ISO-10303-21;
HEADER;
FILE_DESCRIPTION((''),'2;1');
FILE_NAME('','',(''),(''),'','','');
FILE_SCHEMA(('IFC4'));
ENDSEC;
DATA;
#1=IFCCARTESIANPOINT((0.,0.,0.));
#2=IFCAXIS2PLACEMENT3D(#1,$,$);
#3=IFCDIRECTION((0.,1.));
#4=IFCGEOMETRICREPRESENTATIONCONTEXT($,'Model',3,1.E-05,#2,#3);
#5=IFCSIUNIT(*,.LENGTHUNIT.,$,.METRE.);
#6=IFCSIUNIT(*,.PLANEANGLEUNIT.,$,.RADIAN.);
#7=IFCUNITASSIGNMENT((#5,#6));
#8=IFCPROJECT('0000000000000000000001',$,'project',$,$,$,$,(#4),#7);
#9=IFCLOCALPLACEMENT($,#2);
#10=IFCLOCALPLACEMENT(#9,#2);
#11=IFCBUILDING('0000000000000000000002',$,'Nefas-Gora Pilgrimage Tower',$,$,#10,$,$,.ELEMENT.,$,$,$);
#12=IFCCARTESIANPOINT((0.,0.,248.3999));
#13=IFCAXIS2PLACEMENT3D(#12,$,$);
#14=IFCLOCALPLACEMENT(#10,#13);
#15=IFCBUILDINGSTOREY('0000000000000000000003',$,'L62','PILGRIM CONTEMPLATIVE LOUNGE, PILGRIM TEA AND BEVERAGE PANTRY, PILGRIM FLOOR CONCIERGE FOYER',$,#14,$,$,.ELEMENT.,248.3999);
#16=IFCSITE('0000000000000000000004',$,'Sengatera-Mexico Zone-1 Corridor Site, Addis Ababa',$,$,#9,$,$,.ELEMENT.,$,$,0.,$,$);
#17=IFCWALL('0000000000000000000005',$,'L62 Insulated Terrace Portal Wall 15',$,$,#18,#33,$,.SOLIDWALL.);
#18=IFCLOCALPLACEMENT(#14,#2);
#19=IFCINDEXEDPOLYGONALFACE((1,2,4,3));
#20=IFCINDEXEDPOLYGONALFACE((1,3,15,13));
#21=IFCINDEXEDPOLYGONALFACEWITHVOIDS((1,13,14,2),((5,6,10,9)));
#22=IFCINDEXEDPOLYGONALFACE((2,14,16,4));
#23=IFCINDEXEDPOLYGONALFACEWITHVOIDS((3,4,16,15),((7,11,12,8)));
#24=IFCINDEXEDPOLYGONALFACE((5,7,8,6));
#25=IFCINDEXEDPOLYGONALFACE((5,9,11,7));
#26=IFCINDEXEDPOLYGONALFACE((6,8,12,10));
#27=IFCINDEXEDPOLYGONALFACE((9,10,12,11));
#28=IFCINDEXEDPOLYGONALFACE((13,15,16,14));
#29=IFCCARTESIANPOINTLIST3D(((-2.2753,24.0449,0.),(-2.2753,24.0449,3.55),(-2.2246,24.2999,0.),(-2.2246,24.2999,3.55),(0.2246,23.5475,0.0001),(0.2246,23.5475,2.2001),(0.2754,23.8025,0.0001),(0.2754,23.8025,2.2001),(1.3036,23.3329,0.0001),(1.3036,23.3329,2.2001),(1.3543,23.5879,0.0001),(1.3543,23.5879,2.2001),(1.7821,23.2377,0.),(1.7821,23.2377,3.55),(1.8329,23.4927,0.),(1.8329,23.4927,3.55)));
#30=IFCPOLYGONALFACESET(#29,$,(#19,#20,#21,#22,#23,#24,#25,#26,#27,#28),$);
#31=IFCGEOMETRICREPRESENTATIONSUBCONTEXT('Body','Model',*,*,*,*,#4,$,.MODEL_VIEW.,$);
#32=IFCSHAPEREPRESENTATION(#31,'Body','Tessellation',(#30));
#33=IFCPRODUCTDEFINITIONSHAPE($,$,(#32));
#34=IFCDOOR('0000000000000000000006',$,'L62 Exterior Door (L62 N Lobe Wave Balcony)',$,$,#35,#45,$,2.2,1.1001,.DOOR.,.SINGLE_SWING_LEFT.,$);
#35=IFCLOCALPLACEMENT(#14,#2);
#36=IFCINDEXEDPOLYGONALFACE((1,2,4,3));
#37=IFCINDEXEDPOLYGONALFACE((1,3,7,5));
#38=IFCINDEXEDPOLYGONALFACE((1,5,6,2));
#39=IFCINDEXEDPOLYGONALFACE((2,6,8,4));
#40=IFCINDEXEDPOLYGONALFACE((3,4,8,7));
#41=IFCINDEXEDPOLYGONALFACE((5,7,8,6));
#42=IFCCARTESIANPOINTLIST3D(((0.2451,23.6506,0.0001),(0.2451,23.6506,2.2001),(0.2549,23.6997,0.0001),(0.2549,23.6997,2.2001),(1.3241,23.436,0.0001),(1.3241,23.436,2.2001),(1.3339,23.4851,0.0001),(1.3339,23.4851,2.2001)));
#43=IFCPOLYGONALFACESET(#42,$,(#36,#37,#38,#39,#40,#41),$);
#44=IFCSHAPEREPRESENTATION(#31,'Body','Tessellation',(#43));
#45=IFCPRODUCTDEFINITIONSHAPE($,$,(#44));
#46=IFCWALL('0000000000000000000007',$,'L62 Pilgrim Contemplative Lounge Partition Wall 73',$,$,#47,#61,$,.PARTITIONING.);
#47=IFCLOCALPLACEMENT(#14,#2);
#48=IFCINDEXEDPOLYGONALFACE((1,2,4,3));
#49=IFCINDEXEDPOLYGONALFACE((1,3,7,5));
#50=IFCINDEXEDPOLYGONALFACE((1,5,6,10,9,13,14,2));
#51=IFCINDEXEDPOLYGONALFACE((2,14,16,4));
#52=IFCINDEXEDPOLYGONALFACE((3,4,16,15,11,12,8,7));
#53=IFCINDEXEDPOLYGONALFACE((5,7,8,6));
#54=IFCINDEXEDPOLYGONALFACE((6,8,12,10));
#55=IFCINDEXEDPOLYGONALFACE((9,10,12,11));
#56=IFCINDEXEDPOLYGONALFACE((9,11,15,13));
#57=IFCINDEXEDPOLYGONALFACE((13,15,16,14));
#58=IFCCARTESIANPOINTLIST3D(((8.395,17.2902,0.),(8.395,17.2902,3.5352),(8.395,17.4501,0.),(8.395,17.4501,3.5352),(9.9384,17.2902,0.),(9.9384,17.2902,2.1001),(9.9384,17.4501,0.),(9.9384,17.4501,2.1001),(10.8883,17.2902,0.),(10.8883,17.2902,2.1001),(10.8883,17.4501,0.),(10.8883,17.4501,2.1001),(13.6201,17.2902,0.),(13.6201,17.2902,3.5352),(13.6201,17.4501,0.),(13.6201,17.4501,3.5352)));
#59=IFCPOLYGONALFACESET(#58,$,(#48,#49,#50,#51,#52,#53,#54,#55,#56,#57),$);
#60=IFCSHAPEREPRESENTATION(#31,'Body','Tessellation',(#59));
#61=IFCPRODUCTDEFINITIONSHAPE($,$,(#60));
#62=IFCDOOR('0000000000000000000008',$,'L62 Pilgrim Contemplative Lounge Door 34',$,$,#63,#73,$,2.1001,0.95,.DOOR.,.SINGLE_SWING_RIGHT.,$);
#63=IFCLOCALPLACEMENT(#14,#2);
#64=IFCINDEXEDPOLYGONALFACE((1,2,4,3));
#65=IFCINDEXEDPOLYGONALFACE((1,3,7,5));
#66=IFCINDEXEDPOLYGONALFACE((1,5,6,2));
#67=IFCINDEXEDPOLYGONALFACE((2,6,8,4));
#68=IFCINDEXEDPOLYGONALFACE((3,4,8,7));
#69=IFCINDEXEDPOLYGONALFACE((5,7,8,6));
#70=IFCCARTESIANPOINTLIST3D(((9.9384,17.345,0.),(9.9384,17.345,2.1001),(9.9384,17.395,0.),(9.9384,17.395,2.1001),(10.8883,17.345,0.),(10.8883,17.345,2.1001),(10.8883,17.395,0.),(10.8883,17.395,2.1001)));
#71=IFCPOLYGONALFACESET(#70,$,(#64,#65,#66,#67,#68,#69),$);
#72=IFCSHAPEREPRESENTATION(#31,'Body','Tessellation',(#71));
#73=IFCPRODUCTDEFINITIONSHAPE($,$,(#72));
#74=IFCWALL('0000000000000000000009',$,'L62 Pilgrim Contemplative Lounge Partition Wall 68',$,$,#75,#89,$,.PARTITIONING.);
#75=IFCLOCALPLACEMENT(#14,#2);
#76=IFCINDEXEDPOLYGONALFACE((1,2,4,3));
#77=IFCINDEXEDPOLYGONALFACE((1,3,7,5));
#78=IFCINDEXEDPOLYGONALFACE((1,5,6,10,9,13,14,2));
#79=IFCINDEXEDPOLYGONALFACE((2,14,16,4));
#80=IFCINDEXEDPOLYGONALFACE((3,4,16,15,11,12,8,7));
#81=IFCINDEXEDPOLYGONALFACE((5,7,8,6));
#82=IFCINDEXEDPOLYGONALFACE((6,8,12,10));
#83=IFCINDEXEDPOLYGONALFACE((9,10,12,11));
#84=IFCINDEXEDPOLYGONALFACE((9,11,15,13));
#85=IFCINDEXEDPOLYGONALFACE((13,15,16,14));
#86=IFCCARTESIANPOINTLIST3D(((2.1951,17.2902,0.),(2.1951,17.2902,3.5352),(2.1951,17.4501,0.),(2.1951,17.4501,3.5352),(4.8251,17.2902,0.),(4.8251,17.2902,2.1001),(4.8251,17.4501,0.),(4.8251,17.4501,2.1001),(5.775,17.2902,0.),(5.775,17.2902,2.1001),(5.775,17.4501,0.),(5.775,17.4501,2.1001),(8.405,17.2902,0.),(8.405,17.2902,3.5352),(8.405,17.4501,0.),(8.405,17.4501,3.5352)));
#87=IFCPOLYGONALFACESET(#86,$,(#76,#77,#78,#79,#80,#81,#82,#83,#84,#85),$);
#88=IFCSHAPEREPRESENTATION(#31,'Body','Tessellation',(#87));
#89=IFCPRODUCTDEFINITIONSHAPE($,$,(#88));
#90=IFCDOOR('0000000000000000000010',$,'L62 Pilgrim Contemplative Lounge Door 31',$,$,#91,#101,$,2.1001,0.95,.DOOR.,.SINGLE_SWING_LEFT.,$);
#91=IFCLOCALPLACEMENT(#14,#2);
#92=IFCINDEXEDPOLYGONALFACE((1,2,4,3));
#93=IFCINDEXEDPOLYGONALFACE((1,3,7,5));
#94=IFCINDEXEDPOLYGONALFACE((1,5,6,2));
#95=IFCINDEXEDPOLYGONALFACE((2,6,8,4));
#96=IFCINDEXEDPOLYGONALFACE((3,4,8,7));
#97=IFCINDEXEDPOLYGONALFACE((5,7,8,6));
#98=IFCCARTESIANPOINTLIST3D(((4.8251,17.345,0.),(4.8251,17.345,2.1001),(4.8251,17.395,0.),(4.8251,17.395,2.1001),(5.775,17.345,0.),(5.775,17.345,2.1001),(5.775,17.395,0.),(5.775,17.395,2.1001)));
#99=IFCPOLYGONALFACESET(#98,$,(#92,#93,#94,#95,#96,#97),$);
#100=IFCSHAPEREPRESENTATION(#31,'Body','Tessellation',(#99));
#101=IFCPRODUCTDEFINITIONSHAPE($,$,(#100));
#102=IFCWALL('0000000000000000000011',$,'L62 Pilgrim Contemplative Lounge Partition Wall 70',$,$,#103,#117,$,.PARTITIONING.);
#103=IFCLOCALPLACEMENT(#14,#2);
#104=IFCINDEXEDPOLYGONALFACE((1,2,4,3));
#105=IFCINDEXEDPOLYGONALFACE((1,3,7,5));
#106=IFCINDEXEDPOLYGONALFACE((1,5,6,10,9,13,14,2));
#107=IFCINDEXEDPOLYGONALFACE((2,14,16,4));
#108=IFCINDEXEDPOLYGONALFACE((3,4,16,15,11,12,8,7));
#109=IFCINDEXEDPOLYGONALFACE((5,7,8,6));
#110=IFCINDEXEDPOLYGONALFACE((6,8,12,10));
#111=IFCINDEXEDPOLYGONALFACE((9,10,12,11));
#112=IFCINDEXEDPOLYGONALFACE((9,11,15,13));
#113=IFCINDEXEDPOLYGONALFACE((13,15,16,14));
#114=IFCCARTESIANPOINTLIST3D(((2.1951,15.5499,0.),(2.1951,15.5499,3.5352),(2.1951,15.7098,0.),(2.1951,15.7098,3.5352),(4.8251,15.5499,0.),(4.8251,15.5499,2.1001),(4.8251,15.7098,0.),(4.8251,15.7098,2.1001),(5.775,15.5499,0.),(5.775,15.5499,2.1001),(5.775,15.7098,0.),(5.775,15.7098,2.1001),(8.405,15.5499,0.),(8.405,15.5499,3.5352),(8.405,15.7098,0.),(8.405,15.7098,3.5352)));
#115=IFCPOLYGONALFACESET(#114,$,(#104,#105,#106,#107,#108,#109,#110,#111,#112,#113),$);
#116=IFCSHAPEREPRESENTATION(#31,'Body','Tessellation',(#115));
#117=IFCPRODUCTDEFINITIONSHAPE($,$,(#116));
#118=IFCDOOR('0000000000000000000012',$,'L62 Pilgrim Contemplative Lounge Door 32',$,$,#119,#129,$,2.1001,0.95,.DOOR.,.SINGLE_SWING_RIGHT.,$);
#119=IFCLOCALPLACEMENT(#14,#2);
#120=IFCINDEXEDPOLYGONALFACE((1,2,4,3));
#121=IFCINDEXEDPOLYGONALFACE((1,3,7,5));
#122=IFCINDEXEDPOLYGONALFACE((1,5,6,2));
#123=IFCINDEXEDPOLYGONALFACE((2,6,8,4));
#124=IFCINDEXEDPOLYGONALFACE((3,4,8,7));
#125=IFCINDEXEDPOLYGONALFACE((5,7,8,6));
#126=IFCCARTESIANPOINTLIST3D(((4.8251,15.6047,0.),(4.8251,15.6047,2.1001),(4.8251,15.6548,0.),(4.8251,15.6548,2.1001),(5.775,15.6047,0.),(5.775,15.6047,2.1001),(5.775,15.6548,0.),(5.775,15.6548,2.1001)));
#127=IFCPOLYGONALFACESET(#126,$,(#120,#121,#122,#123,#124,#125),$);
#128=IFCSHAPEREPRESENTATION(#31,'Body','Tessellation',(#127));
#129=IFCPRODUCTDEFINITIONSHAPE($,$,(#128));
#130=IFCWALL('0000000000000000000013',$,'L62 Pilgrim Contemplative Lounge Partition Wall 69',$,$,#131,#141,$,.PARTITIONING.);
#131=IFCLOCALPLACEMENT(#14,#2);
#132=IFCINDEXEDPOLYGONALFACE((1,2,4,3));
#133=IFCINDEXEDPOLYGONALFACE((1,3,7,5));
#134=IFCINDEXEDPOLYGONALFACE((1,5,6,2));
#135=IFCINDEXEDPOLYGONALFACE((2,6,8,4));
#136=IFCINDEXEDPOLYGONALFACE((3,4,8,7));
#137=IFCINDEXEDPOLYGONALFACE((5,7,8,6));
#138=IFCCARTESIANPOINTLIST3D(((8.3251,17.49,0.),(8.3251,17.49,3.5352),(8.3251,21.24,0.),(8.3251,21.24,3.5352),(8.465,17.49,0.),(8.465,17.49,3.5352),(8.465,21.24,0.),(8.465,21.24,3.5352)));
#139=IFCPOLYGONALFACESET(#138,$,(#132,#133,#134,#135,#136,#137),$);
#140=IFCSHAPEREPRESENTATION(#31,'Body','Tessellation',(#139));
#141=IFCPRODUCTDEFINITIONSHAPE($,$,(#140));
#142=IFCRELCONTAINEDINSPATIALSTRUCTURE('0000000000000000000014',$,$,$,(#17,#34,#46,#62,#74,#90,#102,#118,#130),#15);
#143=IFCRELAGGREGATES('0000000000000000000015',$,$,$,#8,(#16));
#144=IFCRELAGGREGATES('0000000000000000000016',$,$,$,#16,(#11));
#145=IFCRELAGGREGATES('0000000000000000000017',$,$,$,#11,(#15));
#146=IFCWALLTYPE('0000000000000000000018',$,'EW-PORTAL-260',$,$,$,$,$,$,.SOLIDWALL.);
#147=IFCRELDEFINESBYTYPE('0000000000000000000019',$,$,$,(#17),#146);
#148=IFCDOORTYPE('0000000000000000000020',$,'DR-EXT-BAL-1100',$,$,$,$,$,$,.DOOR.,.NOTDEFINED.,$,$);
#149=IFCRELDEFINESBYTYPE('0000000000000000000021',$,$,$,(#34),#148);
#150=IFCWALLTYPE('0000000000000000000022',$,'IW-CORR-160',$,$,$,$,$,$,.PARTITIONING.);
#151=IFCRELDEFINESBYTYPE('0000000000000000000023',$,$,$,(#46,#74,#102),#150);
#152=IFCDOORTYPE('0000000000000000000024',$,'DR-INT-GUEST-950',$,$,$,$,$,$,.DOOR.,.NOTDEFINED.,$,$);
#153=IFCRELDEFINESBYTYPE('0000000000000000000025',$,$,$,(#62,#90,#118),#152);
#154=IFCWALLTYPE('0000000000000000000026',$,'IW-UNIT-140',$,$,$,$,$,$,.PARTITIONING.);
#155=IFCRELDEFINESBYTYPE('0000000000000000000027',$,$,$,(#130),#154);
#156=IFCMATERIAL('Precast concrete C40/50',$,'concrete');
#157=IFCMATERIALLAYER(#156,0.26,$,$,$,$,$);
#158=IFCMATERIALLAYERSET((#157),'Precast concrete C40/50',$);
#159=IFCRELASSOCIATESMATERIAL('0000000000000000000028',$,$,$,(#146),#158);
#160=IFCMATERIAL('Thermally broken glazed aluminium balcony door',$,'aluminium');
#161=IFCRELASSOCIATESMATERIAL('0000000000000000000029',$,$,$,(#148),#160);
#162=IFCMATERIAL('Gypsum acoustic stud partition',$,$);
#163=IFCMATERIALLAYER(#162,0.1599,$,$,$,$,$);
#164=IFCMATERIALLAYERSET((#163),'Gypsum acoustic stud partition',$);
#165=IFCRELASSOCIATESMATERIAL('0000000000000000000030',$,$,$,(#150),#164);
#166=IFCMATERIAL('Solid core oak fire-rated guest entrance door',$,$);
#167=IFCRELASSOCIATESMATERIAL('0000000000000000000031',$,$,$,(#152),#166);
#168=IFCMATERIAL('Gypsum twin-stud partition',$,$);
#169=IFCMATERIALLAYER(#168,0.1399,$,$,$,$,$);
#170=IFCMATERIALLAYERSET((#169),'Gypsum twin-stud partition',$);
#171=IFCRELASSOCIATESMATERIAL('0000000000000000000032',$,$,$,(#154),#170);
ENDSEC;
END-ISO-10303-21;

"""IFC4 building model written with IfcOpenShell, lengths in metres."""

from ifc_helpers import new_model, si_unit, direction, frame, frame_2d, origin, place, context, subcontext, project, spatial, rectangle, extrude, source, transform, mapped, material, layer, layer_set, type_object, element, fill, save


model = new_model("IFC4")

# Units and contexts
model_context = context("Model", 3, precision=1e-05, world=origin(), true_north=direction((0.0, 1.0)))
body_context = subcontext(model_context, "Body", "Model", "MODEL_VIEW")
ifc_project = project(units=[si_unit("LENGTHUNIT", "METRE"), si_unit("PLANEANGLEUNIT", "RADIAN")], contexts=[model_context])

# Site, building, storey
site_placement = place(None, origin())
site = spatial("IfcSite", under=ifc_project, at=site_placement, Name="Sengatera-Mexico Zone-1 Corridor Site, Addis Ababa", CompositionType="ELEMENT", RefElevation=0.0)
building_placement = place(site_placement, origin())
building = spatial("IfcBuilding", under=site, at=building_placement, Name="Nefas-Gora Pilgrimage Tower", CompositionType="ELEMENT")
storey_placement = place(building_placement, frame((0.0, 0.0, 248.3999)))
storey = spatial("IfcBuildingStorey", under=building, at=storey_placement, Name="L62", Description="PILGRIM CONTEMPLATIVE LOUNGE, PILGRIM TEA AND BEVERAGE PANTRY, PILGRIM FLOOR CONCIERGE FOYER", CompositionType="ELEMENT", Elevation=248.3999)

# Shared definitions
ifc_material_1 = material(Name="Precast concrete C40/50", Category="concrete")
ifc_layer_1 = layer(ifc_material_1, 0.26)
ifc_layer_set_1 = layer_set([ifc_layer_1], Name="Precast concrete C40/50")
wall_type_1 = type_object("IfcWallType", Name="EW-PORTAL-260", PredefinedType="SOLIDWALL", material=ifc_layer_set_1)

# Walls, openings, doors
shared_shape_1 = source(origin(), body_context, "Body", "SweptSolid", [
    extrude(rectangle(XDim=4.137, YDim=0.26, at=frame_2d((2.0684, 0.0))), origin(), (0.0, 0.0, 1.0), 3.55),
])
wall_1_placement = place(storey_placement, frame((1.8074, 23.3652, 0.0), z_axis=(0.0, 0.0, 1.0), x_axis=(-0.980782, 0.195106, 0.0)))
wall_1 = element("IfcWall", 1, at=wall_1_placement, inside=storey, type_object=wall_type_1, Name="L62 Insulated Terrace Portal Wall 15", PredefinedType="SOLIDWALL", context=body_context, shape_type="MappedRepresentation", body=[
    mapped(shared_shape_1, transform((0.0, 0.0, 0.0), x_axis=(1.0, 0.0, 0.0), y_axis=(0.0, 1.0, 0.0), z_axis=(0.0, 0.0, 1.0), scale=1.0)),
])
opening_1_placement = place(wall_1_placement, frame((0.4878, 0.0, 0.0)))
opening_1 = element("IfcOpeningElement", 2, at=opening_1_placement, cuts=wall_1, PredefinedType="OPENING", context=body_context, shape_type="SweptSolid", body=[
    extrude(rectangle(XDim=1.1001, YDim=2.2, at=frame_2d((0.55, 1.1001))), frame((0.0, 0.1399, 0.0), z_axis=(0.0, -1.0, 0.0), x_axis=(1.0, 0.0, 0.0)), (0.0, 0.0, 1.0), 0.28),
])
ifc_material_2 = material(Name="Thermally broken glazed aluminium balcony door", Category="aluminium")
door_type_1 = type_object("IfcDoorType", Name="DR-EXT-BAL-1100", OperationType="NOTDEFINED", PredefinedType="DOOR", material=ifc_material_2)
shared_shape_2 = source(origin(), body_context, "Body", "SweptSolid", [
    extrude(rectangle(XDim=1.1001, YDim=2.2, at=frame_2d((0.55, 1.1001))), frame((0.0, 0.0249, 0.0), z_axis=(0.0, -1.0, 0.0), x_axis=(1.0, 0.0, 0.0)), (0.0, 0.0, 1.0), 0.05),
])
door_1_placement = place(opening_1_placement, origin())
door_1 = element("IfcDoor", 3, at=door_1_placement, inside=storey, type_object=door_type_1, Name="L62 Exterior Door (L62 N Lobe Wave Balcony)", OperationType="SINGLE_SWING_LEFT", OverallHeight=2.2, OverallWidth=1.1001, PredefinedType="DOOR", context=body_context, shape_type="MappedRepresentation", body=[
    mapped(shared_shape_2, transform((0.0, 0.0, 0.0), x_axis=(1.0, 0.0, 0.0), y_axis=(0.0, 1.0, 0.0), z_axis=(0.0, 0.0, 1.0), scale=1.0)),
])
fill(opening_1, door_1)
ifc_material_3 = material(Name="Gypsum acoustic stud partition")
ifc_layer_2 = layer(ifc_material_3, 0.1599)
ifc_layer_set_2 = layer_set([ifc_layer_2], Name="Gypsum acoustic stud partition")
wall_type_2 = type_object("IfcWallType", Name="IW-CORR-160", PredefinedType="PARTITIONING", material=ifc_layer_set_2)
shared_shape_3 = source(origin(), body_context, "Body", "SweptSolid", [
    extrude(rectangle(XDim=5.2251, YDim=0.1599, at=frame_2d((2.6125, 0.0))), origin(), (0.0, 0.0, 1.0), 3.5352),
])
wall_2_placement = place(storey_placement, frame((8.395, 17.3701, 0.0), z_axis=(0.0, 0.0, 1.0), x_axis=(1.0, 0.0, 0.0)))
wall_2 = element("IfcWall", 4, at=wall_2_placement, inside=storey, type_object=wall_type_2, Name="L62 Pilgrim Contemplative Lounge Partition Wall 73", PredefinedType="PARTITIONING", context=body_context, shape_type="MappedRepresentation", body=[
    mapped(shared_shape_3, transform((0.0, 0.0, 0.0), x_axis=(1.0, 0.0, 0.0), y_axis=(0.0, 1.0, 0.0), z_axis=(0.0, 0.0, 1.0), scale=1.0)),
])
opening_2_placement = place(wall_2_placement, frame((1.5432, 0.0, 0.0)))
opening_2 = element("IfcOpeningElement", 5, at=opening_2_placement, cuts=wall_2, PredefinedType="OPENING", context=body_context, shape_type="SweptSolid", body=[
    extrude(rectangle(XDim=0.95, YDim=2.1001, at=frame_2d((0.4751, 1.05))), frame((0.0, 0.0898, 0.0), z_axis=(0.0, -1.0, 0.0), x_axis=(1.0, 0.0, 0.0)), (0.0, 0.0, 1.0), 0.1799),
])
ifc_material_4 = material(Name="Solid core oak fire-rated guest entrance door")
door_type_2 = type_object("IfcDoorType", Name="DR-INT-GUEST-950", OperationType="NOTDEFINED", PredefinedType="DOOR", material=ifc_material_4)
shared_shape_4 = source(origin(), body_context, "Body", "SweptSolid", [
    extrude(rectangle(XDim=0.95, YDim=2.1001, at=frame_2d((0.4751, 1.05))), frame((0.0, 0.0249, 0.0), z_axis=(0.0, -1.0, 0.0), x_axis=(1.0, 0.0, 0.0)), (0.0, 0.0, 1.0), 0.05),
])
door_2_placement = place(opening_2_placement, origin())
door_2 = element("IfcDoor", 6, at=door_2_placement, inside=storey, type_object=door_type_2, Name="L62 Pilgrim Contemplative Lounge Door 34", OperationType="SINGLE_SWING_RIGHT", OverallHeight=2.1001, OverallWidth=0.95, PredefinedType="DOOR", context=body_context, shape_type="MappedRepresentation", body=[
    mapped(shared_shape_4, transform((0.0, 0.0, 0.0), x_axis=(1.0, 0.0, 0.0), y_axis=(0.0, 1.0, 0.0), z_axis=(0.0, 0.0, 1.0), scale=1.0)),
])
fill(opening_2, door_2)
shared_shape_5 = source(origin(), body_context, "Body", "SweptSolid", [
    extrude(rectangle(XDim=6.21, YDim=0.1599, at=frame_2d((3.105, 0.0))), origin(), (0.0, 0.0, 1.0), 3.5352),
])
wall_3_placement = place(storey_placement, frame((2.1951, 17.3701, 0.0), z_axis=(0.0, 0.0, 1.0), x_axis=(1.0, 0.0, 0.0)))
wall_3 = element("IfcWall", 7, at=wall_3_placement, inside=storey, type_object=wall_type_2, Name="L62 Pilgrim Contemplative Lounge Partition Wall 68", PredefinedType="PARTITIONING", context=body_context, shape_type="MappedRepresentation", body=[
    mapped(shared_shape_5, transform((0.0, 0.0, 0.0), x_axis=(1.0, 0.0, 0.0), y_axis=(0.0, 1.0, 0.0), z_axis=(0.0, 0.0, 1.0), scale=1.0)),
])
opening_3_placement = place(wall_3_placement, frame((2.6299, 0.0, 0.0)))
opening_3 = element("IfcOpeningElement", 8, at=opening_3_placement, cuts=wall_3, PredefinedType="OPENING", context=body_context, shape_type="SweptSolid", body=[
    extrude(rectangle(XDim=0.95, YDim=2.1001, at=frame_2d((0.4751, 1.05))), frame((0.0, 0.0898, 0.0), z_axis=(0.0, -1.0, 0.0), x_axis=(1.0, 0.0, 0.0)), (0.0, 0.0, 1.0), 0.1799),
])
door_3_placement = place(opening_3_placement, origin())
door_3 = element("IfcDoor", 9, at=door_3_placement, inside=storey, type_object=door_type_2, Name="L62 Pilgrim Contemplative Lounge Door 31", OperationType="SINGLE_SWING_LEFT", OverallHeight=2.1001, OverallWidth=0.95, PredefinedType="DOOR", context=body_context, shape_type="MappedRepresentation", body=[
    mapped(shared_shape_4, transform((0.0, 0.0, 0.0), x_axis=(1.0, 0.0, 0.0), y_axis=(0.0, 1.0, 0.0), z_axis=(0.0, 0.0, 1.0), scale=1.0)),
])
fill(opening_3, door_3)
wall_4_placement = place(storey_placement, frame((2.1951, 15.6299, 0.0), z_axis=(0.0, 0.0, 1.0), x_axis=(1.0, 0.0, 0.0)))
wall_4 = element("IfcWall", 10, at=wall_4_placement, inside=storey, type_object=wall_type_2, Name="L62 Pilgrim Contemplative Lounge Partition Wall 70", PredefinedType="PARTITIONING", context=body_context, shape_type="MappedRepresentation", body=[
    mapped(shared_shape_5, transform((0.0, 0.0, 0.0), x_axis=(1.0, 0.0, 0.0), y_axis=(0.0, 1.0, 0.0), z_axis=(0.0, 0.0, 1.0), scale=1.0)),
])
opening_4_placement = place(wall_4_placement, frame((2.6299, 0.0, 0.0)))
opening_4 = element("IfcOpeningElement", 11, at=opening_4_placement, cuts=wall_4, PredefinedType="OPENING", context=body_context, shape_type="SweptSolid", body=[
    extrude(rectangle(XDim=0.95, YDim=2.1001, at=frame_2d((0.4751, 1.05))), frame((0.0, 0.0898, 0.0), z_axis=(0.0, -1.0, 0.0), x_axis=(1.0, 0.0, 0.0)), (0.0, 0.0, 1.0), 0.1799),
])
door_4_placement = place(opening_4_placement, origin())
door_4 = element("IfcDoor", 12, at=door_4_placement, inside=storey, type_object=door_type_2, Name="L62 Pilgrim Contemplative Lounge Door 32", OperationType="SINGLE_SWING_RIGHT", OverallHeight=2.1001, OverallWidth=0.95, PredefinedType="DOOR", context=body_context, shape_type="MappedRepresentation", body=[
    mapped(shared_shape_4, transform((0.0, 0.0, 0.0), x_axis=(1.0, 0.0, 0.0), y_axis=(0.0, 1.0, 0.0), z_axis=(0.0, 0.0, 1.0), scale=1.0)),
])
fill(opening_4, door_4)

# Wall
ifc_material_5 = material(Name="Gypsum twin-stud partition")
ifc_layer_3 = layer(ifc_material_5, 0.1399)
ifc_layer_set_3 = layer_set([ifc_layer_3], Name="Gypsum twin-stud partition")
wall_type_3 = type_object("IfcWallType", Name="IW-UNIT-140", PredefinedType="PARTITIONING", material=ifc_layer_set_3)
shared_shape_6 = source(origin(), body_context, "Body", "SweptSolid", [
    extrude(rectangle(XDim=3.75, YDim=0.1399, at=frame_2d((1.875, 0.0))), origin(), (0.0, 0.0, 1.0), 3.5352),
])
wall_5_placement = place(storey_placement, frame((8.395, 17.49, 0.0), z_axis=(0.0, 0.0, 1.0), x_axis=(0.0, 1.0, 0.0)))
element("IfcWall", 13, at=wall_5_placement, inside=storey, type_object=wall_type_3, Name="L62 Pilgrim Contemplative Lounge Partition Wall 69", PredefinedType="PARTITIONING", context=body_context, shape_type="MappedRepresentation", body=[
    mapped(shared_shape_6, transform((0.0, 0.0, 0.0), x_axis=(1.0, 0.0, 0.0), y_axis=(0.0, 1.0, 0.0), z_axis=(0.0, 0.0, 1.0), scale=1.0)),
])

save(model, "model.ifc")
